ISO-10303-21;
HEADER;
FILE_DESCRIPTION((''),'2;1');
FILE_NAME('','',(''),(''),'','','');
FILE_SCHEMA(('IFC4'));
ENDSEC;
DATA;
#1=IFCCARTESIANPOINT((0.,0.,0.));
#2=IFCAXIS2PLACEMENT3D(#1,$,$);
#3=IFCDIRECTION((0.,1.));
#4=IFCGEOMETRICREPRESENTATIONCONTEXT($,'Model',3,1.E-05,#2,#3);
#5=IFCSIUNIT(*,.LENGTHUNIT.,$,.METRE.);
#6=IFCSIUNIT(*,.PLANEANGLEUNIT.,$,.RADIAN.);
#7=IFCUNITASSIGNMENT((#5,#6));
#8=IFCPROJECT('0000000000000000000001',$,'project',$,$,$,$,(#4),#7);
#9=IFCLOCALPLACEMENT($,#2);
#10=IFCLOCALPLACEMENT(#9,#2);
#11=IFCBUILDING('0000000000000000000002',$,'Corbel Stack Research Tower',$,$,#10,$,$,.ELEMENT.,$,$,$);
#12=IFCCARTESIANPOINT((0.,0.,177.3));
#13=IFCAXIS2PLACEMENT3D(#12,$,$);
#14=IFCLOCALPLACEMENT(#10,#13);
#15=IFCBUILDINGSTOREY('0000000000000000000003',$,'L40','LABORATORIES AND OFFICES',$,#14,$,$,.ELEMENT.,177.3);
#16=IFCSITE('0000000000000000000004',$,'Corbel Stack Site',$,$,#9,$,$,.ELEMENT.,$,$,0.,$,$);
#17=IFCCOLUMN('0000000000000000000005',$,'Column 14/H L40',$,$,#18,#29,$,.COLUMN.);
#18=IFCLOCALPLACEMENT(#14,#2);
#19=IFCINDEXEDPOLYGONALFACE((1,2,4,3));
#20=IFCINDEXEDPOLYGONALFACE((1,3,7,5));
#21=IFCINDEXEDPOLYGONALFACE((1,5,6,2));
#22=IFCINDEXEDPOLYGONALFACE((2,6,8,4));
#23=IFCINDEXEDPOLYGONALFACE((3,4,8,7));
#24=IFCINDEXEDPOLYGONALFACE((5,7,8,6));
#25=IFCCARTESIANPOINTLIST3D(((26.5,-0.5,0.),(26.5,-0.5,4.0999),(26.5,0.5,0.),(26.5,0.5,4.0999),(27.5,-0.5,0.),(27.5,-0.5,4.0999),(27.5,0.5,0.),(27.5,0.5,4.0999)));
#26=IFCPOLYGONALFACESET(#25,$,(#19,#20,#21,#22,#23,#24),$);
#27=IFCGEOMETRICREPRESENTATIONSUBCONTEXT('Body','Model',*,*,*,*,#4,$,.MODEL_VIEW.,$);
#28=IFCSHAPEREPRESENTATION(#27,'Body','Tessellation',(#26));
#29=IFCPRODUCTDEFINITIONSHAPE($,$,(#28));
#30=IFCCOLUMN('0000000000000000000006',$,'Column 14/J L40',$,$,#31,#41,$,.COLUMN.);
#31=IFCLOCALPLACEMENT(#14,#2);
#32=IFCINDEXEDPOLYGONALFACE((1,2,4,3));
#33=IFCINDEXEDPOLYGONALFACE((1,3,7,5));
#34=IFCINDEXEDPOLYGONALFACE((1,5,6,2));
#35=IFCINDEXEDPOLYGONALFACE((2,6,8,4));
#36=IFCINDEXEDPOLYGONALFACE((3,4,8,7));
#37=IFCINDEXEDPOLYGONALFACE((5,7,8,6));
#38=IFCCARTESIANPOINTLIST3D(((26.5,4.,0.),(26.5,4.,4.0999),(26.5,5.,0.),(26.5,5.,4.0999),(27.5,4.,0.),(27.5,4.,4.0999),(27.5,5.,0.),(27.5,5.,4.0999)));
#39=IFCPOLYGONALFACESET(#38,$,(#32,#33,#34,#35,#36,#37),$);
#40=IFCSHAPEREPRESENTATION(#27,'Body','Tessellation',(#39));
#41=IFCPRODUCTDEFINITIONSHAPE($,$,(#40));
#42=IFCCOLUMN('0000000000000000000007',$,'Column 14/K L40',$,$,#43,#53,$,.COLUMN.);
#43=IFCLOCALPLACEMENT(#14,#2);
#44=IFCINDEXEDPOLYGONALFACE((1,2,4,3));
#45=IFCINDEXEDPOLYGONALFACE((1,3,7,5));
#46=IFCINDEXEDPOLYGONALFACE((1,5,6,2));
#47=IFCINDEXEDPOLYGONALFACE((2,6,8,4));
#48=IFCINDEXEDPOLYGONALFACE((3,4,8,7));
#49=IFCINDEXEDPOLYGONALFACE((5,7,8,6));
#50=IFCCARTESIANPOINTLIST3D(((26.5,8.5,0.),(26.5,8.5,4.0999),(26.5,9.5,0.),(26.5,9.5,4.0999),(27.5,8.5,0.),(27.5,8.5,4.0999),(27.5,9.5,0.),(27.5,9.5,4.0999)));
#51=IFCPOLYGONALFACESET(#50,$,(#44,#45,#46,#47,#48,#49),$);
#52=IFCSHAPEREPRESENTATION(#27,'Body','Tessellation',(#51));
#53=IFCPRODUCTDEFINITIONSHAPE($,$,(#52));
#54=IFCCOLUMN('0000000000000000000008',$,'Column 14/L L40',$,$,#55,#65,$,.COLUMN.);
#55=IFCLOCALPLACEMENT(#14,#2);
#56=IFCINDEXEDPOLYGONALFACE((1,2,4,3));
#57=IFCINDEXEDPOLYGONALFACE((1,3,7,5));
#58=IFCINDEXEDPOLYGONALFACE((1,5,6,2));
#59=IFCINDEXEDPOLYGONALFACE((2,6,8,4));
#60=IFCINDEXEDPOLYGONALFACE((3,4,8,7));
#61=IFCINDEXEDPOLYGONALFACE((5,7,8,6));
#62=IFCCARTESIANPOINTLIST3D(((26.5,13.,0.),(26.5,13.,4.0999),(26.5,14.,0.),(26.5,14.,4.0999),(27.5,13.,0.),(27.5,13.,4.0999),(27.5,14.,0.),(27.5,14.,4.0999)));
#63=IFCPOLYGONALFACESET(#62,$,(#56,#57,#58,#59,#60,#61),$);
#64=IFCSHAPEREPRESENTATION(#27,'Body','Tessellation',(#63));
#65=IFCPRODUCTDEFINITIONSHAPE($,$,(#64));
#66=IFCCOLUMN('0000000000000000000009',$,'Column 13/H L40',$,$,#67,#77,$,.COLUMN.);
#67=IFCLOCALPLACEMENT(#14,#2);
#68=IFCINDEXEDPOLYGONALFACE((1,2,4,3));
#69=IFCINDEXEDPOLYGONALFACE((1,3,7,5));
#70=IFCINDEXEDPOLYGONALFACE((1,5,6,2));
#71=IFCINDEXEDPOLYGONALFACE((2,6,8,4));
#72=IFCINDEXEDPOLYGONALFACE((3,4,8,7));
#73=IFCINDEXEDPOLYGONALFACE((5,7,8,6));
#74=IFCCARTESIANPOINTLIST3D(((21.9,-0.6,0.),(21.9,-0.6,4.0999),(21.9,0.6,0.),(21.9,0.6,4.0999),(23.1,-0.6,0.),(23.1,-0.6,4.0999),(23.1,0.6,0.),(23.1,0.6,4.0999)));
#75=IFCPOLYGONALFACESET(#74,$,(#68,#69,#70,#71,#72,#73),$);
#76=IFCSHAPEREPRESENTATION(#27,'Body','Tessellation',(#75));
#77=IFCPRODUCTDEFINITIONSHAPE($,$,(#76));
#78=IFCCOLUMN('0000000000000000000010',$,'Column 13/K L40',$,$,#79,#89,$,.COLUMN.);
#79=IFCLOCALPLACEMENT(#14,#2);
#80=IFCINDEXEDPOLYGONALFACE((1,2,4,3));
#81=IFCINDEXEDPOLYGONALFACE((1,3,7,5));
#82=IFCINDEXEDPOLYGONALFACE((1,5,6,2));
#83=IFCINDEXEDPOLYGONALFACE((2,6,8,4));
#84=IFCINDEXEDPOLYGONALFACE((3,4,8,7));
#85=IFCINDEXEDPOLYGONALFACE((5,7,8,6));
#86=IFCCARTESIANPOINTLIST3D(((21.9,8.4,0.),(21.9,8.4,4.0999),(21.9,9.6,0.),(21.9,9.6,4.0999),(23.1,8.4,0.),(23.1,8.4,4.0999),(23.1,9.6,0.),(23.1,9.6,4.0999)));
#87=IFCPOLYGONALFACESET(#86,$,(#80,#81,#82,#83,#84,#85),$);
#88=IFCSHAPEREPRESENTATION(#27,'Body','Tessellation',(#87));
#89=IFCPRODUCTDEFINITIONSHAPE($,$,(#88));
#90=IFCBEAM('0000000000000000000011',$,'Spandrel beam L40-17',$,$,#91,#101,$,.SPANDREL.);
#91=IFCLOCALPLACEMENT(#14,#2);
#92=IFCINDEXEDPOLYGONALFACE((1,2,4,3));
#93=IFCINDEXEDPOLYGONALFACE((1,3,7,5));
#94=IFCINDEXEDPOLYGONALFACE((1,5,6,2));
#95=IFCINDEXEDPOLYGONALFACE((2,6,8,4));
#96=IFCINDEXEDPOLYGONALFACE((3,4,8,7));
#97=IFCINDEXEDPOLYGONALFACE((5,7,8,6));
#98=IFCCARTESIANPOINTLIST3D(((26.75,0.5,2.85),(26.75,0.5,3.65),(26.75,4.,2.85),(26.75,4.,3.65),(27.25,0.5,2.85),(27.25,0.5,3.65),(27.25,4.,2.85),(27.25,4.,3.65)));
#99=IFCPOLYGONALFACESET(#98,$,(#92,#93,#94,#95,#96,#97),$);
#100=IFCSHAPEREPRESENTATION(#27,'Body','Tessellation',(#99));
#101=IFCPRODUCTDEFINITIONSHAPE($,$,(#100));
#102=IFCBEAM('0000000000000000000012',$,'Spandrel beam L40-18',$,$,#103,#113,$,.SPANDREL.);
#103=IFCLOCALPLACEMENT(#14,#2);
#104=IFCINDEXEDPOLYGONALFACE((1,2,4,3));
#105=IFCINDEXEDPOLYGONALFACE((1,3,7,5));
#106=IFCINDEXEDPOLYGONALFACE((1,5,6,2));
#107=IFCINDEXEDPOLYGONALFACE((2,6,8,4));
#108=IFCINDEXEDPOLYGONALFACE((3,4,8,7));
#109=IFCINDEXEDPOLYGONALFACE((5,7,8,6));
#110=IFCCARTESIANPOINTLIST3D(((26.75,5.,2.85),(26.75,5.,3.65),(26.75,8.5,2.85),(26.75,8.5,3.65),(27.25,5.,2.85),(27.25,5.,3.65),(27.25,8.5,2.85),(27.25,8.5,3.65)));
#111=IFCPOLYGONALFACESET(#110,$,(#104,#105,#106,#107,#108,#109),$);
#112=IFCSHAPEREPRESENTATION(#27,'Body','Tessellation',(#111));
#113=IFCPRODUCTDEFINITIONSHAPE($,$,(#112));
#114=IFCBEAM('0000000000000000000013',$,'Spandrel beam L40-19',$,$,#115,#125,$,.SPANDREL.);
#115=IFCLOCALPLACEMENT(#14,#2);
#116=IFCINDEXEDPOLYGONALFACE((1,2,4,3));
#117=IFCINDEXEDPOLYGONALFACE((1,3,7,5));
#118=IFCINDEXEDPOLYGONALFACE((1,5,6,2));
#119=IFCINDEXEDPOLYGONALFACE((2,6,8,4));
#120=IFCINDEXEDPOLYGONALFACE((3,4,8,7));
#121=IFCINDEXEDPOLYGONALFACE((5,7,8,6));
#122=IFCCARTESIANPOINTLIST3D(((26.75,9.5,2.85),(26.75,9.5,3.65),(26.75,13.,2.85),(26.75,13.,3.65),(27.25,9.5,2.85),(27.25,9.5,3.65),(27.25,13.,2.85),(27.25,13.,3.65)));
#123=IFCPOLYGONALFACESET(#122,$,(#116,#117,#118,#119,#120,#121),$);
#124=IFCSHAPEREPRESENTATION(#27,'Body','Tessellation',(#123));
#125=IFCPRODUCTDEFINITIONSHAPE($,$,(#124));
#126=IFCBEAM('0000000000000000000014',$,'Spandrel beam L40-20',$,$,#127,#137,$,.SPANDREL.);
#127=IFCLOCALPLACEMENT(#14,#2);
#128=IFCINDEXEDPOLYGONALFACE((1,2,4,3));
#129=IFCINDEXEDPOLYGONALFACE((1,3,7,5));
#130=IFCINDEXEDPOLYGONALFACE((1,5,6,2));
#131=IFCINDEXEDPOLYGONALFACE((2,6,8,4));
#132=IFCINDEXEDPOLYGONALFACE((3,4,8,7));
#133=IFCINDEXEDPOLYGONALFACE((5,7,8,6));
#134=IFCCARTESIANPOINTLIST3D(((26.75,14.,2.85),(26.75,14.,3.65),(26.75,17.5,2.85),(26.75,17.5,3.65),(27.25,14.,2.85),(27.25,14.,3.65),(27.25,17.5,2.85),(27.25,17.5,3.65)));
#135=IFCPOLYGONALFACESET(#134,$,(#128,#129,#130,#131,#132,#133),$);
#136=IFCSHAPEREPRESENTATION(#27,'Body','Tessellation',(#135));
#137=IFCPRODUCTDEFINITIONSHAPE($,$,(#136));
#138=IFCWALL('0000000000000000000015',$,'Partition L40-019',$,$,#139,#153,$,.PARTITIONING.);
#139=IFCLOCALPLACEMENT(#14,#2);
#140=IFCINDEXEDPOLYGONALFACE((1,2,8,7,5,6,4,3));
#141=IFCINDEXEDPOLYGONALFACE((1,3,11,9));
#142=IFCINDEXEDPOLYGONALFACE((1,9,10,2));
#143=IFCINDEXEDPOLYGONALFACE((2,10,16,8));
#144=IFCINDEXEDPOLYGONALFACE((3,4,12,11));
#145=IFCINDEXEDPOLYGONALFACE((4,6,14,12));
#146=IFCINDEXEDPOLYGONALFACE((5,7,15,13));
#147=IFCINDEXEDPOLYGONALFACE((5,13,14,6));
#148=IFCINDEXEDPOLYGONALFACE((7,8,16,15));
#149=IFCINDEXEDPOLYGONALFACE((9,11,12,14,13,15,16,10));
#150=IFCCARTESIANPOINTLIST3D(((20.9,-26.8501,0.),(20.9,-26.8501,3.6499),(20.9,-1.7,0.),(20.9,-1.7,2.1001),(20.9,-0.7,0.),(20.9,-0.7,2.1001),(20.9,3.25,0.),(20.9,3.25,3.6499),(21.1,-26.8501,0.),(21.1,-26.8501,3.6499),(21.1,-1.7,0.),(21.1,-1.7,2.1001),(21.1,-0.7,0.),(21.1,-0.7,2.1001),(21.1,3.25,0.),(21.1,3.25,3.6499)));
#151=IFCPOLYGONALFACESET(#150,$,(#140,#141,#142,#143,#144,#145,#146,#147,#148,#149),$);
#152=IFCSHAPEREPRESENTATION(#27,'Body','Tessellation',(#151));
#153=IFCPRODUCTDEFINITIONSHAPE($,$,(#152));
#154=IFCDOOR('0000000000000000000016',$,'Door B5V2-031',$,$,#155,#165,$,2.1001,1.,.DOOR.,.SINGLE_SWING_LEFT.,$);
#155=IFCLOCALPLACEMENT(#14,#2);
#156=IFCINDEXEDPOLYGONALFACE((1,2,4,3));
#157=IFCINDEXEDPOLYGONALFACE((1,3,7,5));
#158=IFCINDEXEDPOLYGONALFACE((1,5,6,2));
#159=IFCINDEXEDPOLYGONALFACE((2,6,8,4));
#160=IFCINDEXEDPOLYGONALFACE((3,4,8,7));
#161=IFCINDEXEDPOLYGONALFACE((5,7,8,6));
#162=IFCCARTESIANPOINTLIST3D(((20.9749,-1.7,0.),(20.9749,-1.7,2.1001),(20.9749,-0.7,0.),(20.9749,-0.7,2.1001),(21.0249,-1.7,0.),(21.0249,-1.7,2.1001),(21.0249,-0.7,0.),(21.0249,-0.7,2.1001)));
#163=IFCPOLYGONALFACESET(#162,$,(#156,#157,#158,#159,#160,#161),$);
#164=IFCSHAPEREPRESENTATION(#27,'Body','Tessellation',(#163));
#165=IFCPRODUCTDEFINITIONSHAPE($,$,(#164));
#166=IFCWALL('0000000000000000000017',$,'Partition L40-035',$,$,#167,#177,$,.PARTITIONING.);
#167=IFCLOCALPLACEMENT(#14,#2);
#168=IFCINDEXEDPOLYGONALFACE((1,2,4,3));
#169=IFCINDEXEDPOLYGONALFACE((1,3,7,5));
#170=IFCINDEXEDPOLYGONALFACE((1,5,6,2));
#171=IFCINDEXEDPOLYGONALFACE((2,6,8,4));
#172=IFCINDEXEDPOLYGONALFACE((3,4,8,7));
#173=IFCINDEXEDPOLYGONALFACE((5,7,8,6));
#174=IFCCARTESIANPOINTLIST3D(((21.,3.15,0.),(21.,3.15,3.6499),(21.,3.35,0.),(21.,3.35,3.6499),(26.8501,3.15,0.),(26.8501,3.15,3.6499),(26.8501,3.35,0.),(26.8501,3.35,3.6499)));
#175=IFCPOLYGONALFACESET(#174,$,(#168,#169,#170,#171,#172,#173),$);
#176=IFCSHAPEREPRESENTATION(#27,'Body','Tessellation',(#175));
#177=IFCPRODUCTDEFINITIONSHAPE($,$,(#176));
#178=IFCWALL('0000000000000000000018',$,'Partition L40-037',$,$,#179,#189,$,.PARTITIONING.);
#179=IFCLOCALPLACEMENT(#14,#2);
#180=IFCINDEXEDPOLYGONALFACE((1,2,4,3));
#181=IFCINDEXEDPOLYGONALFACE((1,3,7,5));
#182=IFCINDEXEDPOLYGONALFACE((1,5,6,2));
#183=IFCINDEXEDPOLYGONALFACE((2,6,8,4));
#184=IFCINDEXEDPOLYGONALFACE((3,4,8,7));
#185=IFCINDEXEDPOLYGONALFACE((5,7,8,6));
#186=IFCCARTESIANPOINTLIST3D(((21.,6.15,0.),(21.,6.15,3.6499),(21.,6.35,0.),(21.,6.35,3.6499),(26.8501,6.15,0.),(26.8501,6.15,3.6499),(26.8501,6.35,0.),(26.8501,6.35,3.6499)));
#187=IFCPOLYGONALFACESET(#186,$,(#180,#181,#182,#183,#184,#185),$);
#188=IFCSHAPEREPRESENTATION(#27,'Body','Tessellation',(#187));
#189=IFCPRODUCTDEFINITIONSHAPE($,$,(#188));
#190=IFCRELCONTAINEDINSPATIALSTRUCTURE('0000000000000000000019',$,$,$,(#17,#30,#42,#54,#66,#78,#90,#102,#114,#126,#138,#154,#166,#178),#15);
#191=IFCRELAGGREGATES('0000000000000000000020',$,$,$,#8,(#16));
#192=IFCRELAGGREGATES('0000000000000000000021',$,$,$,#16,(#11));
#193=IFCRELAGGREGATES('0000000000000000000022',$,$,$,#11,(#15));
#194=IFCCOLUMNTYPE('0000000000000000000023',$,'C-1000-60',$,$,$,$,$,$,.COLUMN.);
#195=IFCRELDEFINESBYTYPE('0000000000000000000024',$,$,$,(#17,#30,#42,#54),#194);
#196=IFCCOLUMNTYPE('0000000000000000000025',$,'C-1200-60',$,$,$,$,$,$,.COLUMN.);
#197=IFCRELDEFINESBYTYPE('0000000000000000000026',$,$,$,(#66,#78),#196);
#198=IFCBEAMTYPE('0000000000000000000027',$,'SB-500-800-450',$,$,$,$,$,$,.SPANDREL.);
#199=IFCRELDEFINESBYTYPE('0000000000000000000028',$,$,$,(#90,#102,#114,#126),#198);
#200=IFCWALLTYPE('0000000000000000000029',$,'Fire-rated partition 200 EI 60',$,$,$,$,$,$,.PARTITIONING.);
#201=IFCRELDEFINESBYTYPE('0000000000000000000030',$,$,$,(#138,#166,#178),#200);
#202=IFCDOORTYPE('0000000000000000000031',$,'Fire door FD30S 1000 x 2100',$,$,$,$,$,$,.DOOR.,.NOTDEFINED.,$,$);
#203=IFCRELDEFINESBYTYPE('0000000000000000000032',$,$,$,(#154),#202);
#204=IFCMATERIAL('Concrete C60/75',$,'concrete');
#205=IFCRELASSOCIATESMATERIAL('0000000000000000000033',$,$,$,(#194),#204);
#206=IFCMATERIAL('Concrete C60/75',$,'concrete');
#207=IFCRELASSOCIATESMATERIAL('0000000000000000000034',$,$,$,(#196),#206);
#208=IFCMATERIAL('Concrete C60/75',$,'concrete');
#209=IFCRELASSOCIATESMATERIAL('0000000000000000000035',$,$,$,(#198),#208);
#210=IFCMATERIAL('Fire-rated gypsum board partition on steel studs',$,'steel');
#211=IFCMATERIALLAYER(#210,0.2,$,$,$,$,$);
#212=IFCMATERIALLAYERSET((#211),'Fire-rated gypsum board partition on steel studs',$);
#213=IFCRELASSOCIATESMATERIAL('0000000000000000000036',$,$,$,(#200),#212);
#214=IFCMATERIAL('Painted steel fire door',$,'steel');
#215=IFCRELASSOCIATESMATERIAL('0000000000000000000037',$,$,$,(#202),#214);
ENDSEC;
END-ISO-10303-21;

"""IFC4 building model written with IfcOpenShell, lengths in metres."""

from ifc_helpers import new_model, si_unit, direction, frame, frame_2d, origin, origin_2d, place, context, subcontext, project, spatial, rectangle, extrude, material, layer, layer_set, material_profile, profile_set, type_object, element, fill, save


model = new_model("IFC4")

# Units and contexts
model_context = context("Model", 3, precision=1e-05, world=origin(), true_north=direction((0.0, 1.0)))
body_context = subcontext(model_context, "Body", "Model", "MODEL_VIEW")
ifc_project = project(units=[si_unit("LENGTHUNIT", "METRE"), si_unit("PLANEANGLEUNIT", "RADIAN")], contexts=[model_context])

# Site, building, storey
site_placement = place(None, origin())
site = spatial("IfcSite", under=ifc_project, at=site_placement, Name="Corbel Stack Site", CompositionType="ELEMENT", RefElevation=0.0)
building_placement = place(site_placement, origin())
building = spatial("IfcBuilding", under=site, at=building_placement, Name="Corbel Stack Research Tower", CompositionType="ELEMENT")
storey_placement = place(building_placement, frame((0.0, 0.0, 177.3)))
storey = spatial("IfcBuildingStorey", under=building, at=storey_placement, Name="L40", Description="LABORATORIES AND OFFICES", CompositionType="ELEMENT", Elevation=177.3)

# Columns
ifc_material_1 = material(Name="Concrete C60/75", Category="concrete")
ifc_material_profile_1 = material_profile(ifc_material_1, rectangle(XDim=1.0, YDim=1.0, at=origin_2d()), Name="RC 1000 x 1000")
ifc_profile_set_1 = profile_set([ifc_material_profile_1], Name="Concrete C60/75")
column_type_1 = type_object("IfcColumnType", Name="C-1000-60", PredefinedType="COLUMN", material=ifc_profile_set_1)
for number, where, z_axis, x_axis, name in (
    (1, (27.0, 0.0, 0.0), (0.0, 0.0, 1.0), (1.0, 0.0, 0.0), "Column 14/H L40"),
    (2, (27.0, 4.5, 0.0), (0.0, 0.0, 1.0), (1.0, 0.0, 0.0), "Column 14/J L40"),
    (3, (27.0, 9.0, 0.0), (0.0, 0.0, 1.0), (1.0, 0.0, 0.0), "Column 14/K L40"),
    (4, (27.0, 13.5, 0.0), (0.0, 0.0, 1.0), (1.0, 0.0, 0.0), "Column 14/L L40"),
):
    element("IfcColumn", number, at=place(storey_placement, frame(where, z_axis=z_axis, x_axis=x_axis)), inside=storey, type_object=column_type_1, Name=name, PredefinedType="COLUMN", context=body_context, shape_type="SweptSolid", body=[
        extrude(rectangle(XDim=1.0, YDim=1.0, at=origin_2d()), origin(), (0.0, 0.0, 1.0), 4.0999),
    ])
ifc_material_2 = material(Name="Concrete C60/75", Category="concrete")
ifc_material_profile_2 = material_profile(ifc_material_2, rectangle(XDim=1.2, YDim=1.2, at=origin_2d()), Name="RC 1200 x 1200")
ifc_profile_set_2 = profile_set([ifc_material_profile_2], Name="Concrete C60/75")
column_type_2 = type_object("IfcColumnType", Name="C-1200-60", PredefinedType="COLUMN", material=ifc_profile_set_2)
for number, where, z_axis, x_axis, name in (
    (5, (22.5, 0.0, 0.0), (0.0, 0.0, 1.0), (1.0, 0.0, 0.0), "Column 13/H L40"),
    (6, (22.5, 9.0, 0.0), (0.0, 0.0, 1.0), (1.0, 0.0, 0.0), "Column 13/K L40"),
):
    element("IfcColumn", number, at=place(storey_placement, frame(where, z_axis=z_axis, x_axis=x_axis)), inside=storey, type_object=column_type_2, Name=name, PredefinedType="COLUMN", context=body_context, shape_type="SweptSolid", body=[
        extrude(rectangle(XDim=1.2, YDim=1.2, at=origin_2d()), origin(), (0.0, 0.0, 1.0), 4.0999),
    ])

# Beams
ifc_material_3 = material(Name="Concrete C60/75", Category="concrete")
ifc_material_profile_3 = material_profile(ifc_material_3, rectangle(XDim=0.5, YDim=0.8, at=origin_2d()), Name="RC 500 x 800")
ifc_profile_set_3 = profile_set([ifc_material_profile_3], Name="Concrete C60/75")
beam_type = type_object("IfcBeamType", Name="SB-500-800-450", PredefinedType="SPANDREL", material=ifc_profile_set_3)
for number, where, z_axis, x_axis, name in (
    (7, (27.0, 0.5, 3.25), (0.0, 1.0, 0.0), (-1.0, 0.0, 0.0), "Spandrel beam L40-17"),
    (8, (27.0, 5.0, 3.25), (0.0, 1.0, 0.0), (-1.0, 0.0, 0.0), "Spandrel beam L40-18"),
    (9, (27.0, 9.5, 3.25), (0.0, 1.0, 0.0), (-1.0, 0.0, 0.0), "Spandrel beam L40-19"),
    (10, (27.0, 14.0, 3.25), (0.0, 1.0, 0.0), (-1.0, 0.0, 0.0), "Spandrel beam L40-20"),
):
    element("IfcBeam", number, at=place(storey_placement, frame(where, z_axis=z_axis, x_axis=x_axis)), inside=storey, type_object=beam_type, Name=name, PredefinedType="SPANDREL", context=body_context, shape_type="SweptSolid", body=[
        extrude(rectangle(XDim=0.5, YDim=0.8, at=origin_2d()), origin(), (0.0, 0.0, 1.0), 3.5),
    ])

# Wall, opening, door
ifc_material_4 = material(Name="Fire-rated gypsum board partition on steel studs", Category="steel")
ifc_layer_1 = layer(ifc_material_4, 0.2)
ifc_layer_set_1 = layer_set([ifc_layer_1], Name="Fire-rated gypsum board partition on steel studs")
wall_type_1 = type_object("IfcWallType", Name="Fire-rated partition 200 EI 60", PredefinedType="PARTITIONING", material=ifc_layer_set_1)
wall_1_placement = place(storey_placement, frame((21.0, 3.25, 0.0), z_axis=(0.0, 0.0, 1.0), x_axis=(0.0, -1.0, 0.0)))
wall_1 = element("IfcWall", 11, at=wall_1_placement, inside=storey, type_object=wall_type_1, Name="Partition L40-019", PredefinedType="PARTITIONING", context=body_context, shape_type="SweptSolid", body=[
    extrude(rectangle(XDim=30.1001, YDim=0.2, at=frame_2d((15.05, 0.0))), origin(), (0.0, 0.0, 1.0), 3.6499),
])
opening_1_placement = place(wall_1_placement, frame((3.95, 0.0, 0.0)))
opening_1 = element("IfcOpeningElement", 12, at=opening_1_placement, cuts=wall_1, PredefinedType="OPENING", context=body_context, shape_type="SweptSolid", body=[
    extrude(rectangle(XDim=1.0, YDim=2.1001, at=frame_2d((0.5, 1.05))), frame((0.0, 0.1099, 0.0), z_axis=(0.0, -1.0, 0.0), x_axis=(1.0, 0.0, 0.0)), (0.0, 0.0, 1.0), 0.22),
])
ifc_material_5 = material(Name="Painted steel fire door", Category="steel")
door_type_1 = type_object("IfcDoorType", Name="Fire door FD30S 1000 x 2100", OperationType="NOTDEFINED", PredefinedType="DOOR", material=ifc_material_5)
door_1_placement = place(opening_1_placement, origin())
door_1 = element("IfcDoor", 13, at=door_1_placement, inside=storey, type_object=door_type_1, Name="Door B5V2-031", OperationType="SINGLE_SWING_LEFT", OverallHeight=2.1001, OverallWidth=1.0, PredefinedType="DOOR", context=body_context, shape_type="SweptSolid", body=[
    extrude(rectangle(XDim=1.0, YDim=2.1001, at=frame_2d((0.5, 1.05))), frame((0.0, 0.0249, 0.0), z_axis=(0.0, -1.0, 0.0), x_axis=(1.0, 0.0, 0.0)), (0.0, 0.0, 1.0), 0.05),
])
fill(opening_1, door_1)

# Walls
for number, where, z_axis, x_axis, name in (
    (14, (21.0, 3.25, 0.0), (0.0, 0.0, 1.0), (1.0, 0.0, 0.0), "Partition L40-035"),
    (15, (21.0, 6.25, 0.0), (0.0, 0.0, 1.0), (1.0, 0.0, 0.0), "Partition L40-037"),
):
    element("IfcWall", number, at=place(storey_placement, frame(where, z_axis=z_axis, x_axis=x_axis)), inside=storey, type_object=wall_type_1, Name=name, PredefinedType="PARTITIONING", context=body_context, shape_type="SweptSolid", body=[
        extrude(rectangle(XDim=5.8501, YDim=0.2, at=frame_2d((2.925, 0.0))), origin(), (0.0, 0.0, 1.0), 3.6499),
    ])

save(model, "model.ifc")
